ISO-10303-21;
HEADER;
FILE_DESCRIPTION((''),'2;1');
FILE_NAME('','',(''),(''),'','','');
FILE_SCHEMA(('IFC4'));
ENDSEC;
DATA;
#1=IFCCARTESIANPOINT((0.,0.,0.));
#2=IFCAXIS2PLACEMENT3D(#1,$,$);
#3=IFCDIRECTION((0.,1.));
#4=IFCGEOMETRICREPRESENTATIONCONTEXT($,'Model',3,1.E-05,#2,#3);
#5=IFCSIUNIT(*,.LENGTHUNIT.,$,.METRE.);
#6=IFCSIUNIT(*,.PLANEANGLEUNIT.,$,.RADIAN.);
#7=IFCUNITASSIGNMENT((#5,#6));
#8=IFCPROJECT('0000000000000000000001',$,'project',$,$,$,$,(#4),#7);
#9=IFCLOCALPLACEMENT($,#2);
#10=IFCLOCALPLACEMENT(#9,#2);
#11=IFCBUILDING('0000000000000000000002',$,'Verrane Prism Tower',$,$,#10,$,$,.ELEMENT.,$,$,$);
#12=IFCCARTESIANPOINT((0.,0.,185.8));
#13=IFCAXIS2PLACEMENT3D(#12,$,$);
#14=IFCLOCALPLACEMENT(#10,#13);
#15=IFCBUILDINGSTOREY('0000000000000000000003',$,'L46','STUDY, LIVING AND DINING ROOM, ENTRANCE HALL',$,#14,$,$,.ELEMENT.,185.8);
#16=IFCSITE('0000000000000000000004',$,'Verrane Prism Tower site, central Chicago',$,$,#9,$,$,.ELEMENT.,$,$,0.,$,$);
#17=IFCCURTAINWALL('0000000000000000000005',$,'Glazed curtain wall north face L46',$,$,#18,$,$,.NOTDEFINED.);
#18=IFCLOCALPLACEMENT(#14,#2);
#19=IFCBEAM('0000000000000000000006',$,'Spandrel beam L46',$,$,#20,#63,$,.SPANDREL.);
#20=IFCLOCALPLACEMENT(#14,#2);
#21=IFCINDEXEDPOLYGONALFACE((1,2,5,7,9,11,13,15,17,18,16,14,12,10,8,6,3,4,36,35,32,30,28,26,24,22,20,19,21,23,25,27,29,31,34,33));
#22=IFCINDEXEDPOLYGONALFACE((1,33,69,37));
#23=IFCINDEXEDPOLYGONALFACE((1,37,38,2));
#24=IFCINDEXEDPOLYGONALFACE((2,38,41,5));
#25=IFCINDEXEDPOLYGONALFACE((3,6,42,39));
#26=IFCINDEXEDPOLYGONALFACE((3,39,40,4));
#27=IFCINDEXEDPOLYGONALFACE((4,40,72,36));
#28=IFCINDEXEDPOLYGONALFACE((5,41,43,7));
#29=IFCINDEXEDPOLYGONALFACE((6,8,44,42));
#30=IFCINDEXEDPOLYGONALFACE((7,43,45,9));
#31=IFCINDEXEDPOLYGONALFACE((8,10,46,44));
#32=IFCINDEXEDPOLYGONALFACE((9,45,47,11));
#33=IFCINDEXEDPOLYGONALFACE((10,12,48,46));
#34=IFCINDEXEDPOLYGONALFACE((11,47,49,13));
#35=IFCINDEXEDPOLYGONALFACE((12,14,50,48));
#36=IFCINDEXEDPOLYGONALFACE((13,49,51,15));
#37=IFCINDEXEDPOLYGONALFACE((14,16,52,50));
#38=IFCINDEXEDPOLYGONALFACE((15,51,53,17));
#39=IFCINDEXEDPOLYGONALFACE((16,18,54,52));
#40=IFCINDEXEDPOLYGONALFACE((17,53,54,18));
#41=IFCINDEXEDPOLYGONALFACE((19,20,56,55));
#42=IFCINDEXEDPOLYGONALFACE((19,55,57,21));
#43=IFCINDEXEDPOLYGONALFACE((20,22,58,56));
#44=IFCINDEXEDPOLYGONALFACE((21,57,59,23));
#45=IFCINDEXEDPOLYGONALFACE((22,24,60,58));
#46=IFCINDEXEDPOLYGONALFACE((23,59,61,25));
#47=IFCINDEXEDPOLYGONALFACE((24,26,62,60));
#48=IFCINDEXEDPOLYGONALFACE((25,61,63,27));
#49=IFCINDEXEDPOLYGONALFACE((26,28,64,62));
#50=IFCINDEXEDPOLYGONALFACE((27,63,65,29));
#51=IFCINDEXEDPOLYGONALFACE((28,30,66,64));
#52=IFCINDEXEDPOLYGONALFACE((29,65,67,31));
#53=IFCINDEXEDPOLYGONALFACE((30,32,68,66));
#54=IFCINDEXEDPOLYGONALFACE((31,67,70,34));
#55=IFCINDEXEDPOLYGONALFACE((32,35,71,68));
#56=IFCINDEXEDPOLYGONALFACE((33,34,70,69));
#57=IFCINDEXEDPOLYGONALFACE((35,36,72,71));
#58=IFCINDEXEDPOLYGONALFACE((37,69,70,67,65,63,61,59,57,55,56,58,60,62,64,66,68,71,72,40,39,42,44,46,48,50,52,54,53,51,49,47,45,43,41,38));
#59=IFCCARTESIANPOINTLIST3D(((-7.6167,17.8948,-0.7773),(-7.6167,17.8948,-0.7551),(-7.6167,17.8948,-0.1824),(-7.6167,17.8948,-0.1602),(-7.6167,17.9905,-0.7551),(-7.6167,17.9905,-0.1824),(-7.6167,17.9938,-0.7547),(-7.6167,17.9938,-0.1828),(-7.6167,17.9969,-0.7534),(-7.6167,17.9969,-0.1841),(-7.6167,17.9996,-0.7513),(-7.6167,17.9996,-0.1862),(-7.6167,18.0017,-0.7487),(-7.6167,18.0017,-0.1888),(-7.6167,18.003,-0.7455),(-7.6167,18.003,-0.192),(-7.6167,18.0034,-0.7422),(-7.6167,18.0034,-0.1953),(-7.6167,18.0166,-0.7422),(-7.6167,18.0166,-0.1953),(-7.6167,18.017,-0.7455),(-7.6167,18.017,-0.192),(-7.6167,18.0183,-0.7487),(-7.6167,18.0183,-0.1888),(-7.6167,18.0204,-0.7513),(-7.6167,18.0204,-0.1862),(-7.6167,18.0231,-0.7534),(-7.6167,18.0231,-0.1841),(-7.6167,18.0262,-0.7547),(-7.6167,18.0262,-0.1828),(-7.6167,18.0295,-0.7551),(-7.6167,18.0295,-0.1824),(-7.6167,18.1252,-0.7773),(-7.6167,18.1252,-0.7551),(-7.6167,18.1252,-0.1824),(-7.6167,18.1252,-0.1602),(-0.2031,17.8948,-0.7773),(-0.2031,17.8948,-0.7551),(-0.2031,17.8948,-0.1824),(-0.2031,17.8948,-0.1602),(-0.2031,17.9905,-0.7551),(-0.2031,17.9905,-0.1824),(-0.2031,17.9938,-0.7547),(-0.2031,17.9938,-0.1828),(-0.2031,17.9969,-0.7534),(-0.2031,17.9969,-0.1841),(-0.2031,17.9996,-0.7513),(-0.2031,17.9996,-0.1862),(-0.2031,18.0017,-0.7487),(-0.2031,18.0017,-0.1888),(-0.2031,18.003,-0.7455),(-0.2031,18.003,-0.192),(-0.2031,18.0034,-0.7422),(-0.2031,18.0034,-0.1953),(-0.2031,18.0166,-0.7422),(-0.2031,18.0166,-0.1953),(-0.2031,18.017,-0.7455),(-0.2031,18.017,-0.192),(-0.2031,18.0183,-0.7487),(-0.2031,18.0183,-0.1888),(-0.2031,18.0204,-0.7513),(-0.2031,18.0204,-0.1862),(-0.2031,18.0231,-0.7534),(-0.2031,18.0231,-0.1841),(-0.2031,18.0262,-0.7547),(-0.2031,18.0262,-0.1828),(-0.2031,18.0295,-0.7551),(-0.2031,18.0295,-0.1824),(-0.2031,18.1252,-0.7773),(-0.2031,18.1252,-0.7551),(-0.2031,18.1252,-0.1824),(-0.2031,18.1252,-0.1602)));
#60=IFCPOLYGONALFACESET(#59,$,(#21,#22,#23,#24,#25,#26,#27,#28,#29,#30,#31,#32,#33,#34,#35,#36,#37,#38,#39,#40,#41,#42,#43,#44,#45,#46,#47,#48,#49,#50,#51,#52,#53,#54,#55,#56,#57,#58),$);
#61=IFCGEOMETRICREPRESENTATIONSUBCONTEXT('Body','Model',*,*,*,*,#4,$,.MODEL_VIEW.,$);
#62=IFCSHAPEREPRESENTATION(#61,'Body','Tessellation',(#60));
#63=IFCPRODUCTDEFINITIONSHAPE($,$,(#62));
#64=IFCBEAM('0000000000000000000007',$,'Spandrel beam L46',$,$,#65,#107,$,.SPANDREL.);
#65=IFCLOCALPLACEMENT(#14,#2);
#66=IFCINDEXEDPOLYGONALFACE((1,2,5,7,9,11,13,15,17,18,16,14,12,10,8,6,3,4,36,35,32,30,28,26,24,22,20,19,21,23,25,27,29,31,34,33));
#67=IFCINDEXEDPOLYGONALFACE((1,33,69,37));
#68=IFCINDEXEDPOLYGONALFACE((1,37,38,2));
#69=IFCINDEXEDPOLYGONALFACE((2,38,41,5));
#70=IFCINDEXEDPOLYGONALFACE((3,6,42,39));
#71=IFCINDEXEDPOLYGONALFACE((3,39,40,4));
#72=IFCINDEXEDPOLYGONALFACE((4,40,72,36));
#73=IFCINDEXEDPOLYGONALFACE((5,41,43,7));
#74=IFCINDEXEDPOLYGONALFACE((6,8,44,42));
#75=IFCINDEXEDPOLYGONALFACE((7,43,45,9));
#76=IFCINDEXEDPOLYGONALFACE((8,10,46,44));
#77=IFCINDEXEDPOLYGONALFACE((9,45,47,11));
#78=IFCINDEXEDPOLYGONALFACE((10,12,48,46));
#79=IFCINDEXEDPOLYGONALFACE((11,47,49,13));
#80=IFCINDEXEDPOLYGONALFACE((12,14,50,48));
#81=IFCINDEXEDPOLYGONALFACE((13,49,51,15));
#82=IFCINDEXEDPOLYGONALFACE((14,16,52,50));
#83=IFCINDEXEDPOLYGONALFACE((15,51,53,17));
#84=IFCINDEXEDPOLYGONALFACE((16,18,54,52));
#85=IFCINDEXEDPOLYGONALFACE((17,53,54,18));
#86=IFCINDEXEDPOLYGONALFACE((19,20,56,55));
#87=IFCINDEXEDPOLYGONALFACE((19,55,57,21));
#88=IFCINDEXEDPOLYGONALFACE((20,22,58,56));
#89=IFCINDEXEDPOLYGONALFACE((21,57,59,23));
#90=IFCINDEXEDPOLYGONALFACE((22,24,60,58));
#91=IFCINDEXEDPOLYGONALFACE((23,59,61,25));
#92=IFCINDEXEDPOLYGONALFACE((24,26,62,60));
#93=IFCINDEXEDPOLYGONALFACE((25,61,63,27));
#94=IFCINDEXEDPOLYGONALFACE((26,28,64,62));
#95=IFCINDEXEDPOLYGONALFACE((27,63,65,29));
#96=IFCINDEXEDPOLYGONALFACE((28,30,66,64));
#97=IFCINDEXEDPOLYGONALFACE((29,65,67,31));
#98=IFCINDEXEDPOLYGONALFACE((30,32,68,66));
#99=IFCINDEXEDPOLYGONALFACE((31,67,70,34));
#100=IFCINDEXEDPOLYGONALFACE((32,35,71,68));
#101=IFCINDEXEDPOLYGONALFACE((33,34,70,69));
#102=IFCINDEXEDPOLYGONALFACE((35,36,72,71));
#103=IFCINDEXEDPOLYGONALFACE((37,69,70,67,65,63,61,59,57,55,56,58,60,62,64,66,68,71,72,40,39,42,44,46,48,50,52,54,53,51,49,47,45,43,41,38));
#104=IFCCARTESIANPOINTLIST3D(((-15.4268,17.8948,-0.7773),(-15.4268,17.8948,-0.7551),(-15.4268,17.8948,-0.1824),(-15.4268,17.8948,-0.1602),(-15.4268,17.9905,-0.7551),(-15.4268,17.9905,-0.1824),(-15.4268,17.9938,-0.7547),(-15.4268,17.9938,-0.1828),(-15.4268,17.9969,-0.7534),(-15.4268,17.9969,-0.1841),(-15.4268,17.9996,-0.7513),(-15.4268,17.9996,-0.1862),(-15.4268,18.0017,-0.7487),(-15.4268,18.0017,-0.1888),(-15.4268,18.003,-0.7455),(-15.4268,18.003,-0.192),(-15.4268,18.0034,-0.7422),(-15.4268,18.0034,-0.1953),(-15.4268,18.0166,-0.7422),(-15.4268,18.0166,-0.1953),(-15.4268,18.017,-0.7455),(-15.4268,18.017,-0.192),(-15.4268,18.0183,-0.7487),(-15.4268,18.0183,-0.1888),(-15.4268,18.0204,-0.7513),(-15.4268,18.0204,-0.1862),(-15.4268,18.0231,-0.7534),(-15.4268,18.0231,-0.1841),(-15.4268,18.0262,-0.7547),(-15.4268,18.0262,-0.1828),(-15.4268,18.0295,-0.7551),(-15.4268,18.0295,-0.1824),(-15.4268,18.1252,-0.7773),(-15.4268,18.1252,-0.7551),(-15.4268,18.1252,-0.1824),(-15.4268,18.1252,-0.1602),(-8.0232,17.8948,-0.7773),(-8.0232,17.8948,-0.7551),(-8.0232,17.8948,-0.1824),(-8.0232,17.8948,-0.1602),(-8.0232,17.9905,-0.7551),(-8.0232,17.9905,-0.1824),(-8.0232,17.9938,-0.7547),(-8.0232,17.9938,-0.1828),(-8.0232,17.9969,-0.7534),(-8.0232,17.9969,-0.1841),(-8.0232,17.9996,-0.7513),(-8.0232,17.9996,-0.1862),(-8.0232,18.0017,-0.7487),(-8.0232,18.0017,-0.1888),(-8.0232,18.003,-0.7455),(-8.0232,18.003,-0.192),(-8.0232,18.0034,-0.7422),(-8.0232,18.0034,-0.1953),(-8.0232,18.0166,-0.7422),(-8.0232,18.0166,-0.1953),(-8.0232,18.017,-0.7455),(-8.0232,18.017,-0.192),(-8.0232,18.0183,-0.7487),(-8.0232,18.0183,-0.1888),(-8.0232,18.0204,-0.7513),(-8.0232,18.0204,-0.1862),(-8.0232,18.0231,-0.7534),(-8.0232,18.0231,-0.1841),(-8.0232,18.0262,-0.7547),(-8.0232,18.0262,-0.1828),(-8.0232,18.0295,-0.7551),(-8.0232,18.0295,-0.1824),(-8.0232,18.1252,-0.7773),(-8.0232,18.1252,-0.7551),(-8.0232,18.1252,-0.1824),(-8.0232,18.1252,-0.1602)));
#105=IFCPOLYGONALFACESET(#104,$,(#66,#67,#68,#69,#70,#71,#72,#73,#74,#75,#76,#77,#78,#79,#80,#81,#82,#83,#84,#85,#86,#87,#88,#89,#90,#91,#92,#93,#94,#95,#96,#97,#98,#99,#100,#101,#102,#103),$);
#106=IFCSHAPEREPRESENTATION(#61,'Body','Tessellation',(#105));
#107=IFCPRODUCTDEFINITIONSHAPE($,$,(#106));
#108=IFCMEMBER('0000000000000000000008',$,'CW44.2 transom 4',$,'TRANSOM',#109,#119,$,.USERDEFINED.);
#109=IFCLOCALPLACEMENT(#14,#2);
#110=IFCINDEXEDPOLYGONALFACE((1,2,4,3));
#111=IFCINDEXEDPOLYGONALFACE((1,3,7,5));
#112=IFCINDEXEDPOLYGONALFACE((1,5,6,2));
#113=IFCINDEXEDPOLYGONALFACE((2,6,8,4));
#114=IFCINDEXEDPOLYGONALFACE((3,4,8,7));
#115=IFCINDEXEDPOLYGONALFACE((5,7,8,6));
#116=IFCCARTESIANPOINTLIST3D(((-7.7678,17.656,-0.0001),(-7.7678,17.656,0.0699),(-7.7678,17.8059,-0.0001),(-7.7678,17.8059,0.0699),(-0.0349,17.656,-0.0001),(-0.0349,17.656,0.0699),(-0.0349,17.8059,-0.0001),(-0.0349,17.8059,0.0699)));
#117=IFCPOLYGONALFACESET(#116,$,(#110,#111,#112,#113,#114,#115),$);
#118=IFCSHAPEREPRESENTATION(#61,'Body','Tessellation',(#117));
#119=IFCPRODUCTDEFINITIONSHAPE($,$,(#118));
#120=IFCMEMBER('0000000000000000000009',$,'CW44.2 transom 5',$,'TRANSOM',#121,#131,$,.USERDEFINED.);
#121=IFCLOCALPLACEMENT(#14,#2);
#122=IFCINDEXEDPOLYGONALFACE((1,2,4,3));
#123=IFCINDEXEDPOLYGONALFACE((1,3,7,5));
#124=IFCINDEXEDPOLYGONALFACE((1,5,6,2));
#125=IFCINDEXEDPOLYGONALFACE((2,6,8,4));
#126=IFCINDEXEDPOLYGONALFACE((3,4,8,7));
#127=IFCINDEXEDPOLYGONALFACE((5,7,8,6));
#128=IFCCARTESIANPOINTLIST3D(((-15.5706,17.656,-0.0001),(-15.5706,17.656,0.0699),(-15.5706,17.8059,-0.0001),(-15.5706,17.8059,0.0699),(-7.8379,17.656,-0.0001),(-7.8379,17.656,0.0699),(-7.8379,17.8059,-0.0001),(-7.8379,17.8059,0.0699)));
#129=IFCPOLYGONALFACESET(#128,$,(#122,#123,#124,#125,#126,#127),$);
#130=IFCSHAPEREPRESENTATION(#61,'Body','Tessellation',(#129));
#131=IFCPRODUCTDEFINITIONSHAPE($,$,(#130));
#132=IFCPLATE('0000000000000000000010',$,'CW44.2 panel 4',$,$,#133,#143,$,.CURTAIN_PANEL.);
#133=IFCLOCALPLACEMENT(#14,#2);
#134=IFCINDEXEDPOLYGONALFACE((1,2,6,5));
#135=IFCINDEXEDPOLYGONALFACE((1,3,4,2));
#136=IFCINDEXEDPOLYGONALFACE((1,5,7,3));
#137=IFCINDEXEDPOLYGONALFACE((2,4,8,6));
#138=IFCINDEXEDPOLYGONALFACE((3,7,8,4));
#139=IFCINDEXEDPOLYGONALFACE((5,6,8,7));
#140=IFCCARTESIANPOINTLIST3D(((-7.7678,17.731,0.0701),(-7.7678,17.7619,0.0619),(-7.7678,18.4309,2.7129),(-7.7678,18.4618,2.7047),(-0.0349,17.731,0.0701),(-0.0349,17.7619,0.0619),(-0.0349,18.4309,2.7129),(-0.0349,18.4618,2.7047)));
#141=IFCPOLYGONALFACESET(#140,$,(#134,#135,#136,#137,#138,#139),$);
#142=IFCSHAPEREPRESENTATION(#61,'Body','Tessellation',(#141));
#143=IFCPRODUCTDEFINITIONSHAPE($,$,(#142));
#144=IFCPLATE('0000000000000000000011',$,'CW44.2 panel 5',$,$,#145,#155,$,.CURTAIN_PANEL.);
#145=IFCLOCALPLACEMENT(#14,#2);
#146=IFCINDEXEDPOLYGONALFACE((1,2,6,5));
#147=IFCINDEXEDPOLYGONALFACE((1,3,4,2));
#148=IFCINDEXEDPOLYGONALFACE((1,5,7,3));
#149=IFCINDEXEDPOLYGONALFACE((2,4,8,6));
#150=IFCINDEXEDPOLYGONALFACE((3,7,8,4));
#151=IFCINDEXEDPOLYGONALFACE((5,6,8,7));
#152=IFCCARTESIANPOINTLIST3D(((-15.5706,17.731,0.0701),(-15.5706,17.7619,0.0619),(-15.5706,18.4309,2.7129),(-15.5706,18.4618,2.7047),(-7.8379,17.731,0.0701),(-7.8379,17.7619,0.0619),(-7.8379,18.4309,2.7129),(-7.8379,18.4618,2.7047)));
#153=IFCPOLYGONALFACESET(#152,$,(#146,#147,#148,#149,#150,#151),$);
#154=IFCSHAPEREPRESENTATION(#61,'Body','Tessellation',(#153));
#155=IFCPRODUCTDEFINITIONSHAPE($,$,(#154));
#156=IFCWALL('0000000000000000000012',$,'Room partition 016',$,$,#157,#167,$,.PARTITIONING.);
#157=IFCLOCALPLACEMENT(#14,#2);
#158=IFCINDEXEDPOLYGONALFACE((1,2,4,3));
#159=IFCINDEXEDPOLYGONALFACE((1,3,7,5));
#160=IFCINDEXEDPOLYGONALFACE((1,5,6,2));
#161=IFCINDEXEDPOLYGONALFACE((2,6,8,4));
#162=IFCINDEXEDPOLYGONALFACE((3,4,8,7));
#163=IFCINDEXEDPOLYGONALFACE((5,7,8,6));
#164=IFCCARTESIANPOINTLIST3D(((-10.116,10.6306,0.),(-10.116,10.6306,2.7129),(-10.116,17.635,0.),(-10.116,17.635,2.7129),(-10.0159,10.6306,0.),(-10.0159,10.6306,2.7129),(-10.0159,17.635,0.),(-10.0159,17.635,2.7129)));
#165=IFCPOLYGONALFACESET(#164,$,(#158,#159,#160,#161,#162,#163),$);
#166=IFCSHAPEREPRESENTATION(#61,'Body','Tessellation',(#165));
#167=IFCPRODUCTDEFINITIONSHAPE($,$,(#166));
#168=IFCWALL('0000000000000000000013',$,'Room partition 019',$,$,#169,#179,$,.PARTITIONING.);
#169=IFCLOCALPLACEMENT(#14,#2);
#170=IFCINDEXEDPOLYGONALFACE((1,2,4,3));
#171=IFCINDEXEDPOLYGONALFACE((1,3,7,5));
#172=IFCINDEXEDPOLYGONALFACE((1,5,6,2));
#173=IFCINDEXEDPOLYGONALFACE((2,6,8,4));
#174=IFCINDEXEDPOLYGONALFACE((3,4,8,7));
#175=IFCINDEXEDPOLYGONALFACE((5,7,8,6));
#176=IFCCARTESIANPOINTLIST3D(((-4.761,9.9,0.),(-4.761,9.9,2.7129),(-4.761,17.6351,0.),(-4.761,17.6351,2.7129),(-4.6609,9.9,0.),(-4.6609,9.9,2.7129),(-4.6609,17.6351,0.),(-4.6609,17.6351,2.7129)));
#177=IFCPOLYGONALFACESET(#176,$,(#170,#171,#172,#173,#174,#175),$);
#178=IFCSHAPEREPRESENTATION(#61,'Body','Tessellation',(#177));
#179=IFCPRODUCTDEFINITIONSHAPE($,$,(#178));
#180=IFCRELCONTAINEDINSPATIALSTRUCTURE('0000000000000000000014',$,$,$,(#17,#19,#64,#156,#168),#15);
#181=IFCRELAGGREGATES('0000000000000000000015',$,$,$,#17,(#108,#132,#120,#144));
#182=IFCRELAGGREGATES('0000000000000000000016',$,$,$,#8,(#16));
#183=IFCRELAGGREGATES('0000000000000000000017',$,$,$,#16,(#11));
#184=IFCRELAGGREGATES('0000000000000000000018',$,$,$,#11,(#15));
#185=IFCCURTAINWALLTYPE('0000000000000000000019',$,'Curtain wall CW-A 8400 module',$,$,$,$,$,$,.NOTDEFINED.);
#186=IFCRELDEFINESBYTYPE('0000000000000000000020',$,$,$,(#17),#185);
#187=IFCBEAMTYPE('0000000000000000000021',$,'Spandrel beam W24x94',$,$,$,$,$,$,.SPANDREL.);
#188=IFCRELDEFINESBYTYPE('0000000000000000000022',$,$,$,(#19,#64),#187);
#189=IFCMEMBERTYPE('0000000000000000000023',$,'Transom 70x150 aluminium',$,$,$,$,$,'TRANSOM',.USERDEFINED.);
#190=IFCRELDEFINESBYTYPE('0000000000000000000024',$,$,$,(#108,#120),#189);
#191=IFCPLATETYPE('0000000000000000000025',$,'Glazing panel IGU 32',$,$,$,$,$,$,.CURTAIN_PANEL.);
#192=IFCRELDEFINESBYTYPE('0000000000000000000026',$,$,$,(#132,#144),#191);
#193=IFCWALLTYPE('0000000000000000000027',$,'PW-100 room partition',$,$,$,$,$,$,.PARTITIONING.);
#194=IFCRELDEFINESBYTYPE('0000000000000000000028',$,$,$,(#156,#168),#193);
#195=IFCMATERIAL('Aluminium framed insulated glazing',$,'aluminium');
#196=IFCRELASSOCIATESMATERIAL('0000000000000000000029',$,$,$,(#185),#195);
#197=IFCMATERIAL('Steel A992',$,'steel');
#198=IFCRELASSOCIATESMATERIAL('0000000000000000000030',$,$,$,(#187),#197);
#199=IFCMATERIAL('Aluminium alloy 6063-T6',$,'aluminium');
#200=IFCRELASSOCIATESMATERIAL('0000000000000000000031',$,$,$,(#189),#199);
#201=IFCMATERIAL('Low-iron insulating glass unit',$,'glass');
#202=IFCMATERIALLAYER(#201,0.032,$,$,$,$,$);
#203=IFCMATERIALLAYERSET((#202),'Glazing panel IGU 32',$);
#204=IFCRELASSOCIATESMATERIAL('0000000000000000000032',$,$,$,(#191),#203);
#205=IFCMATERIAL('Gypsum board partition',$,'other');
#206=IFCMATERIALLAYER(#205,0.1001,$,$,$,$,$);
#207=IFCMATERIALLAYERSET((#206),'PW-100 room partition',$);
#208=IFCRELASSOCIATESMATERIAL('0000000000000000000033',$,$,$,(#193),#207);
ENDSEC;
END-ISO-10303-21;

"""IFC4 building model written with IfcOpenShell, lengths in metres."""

from ifc_helpers import new_model, si_unit, direction, frame, frame_2d, origin, origin_2d, place, context, subcontext, project, spatial, polyline, rectangle, i_section, outline, extrude, material, layer, layer_set, material_profile, profile_set, type_object, element, aggregate, save


model = new_model("IFC4")

# Units and contexts
model_context = context("Model", 3, precision=1e-05, world=origin(), true_north=direction((0.0, 1.0)))
body_context = subcontext(model_context, "Body", "Model", "MODEL_VIEW")
ifc_project = project(units=[si_unit("LENGTHUNIT", "METRE"), si_unit("PLANEANGLEUNIT", "RADIAN")], contexts=[model_context])

# Site, building, storey
site_placement = place(None, origin())
site = spatial("IfcSite", under=ifc_project, at=site_placement, Name="Verrane Prism Tower site, central Chicago", CompositionType="ELEMENT", RefElevation=0.0)
building_placement = place(site_placement, origin())
building = spatial("IfcBuilding", under=site, at=building_placement, Name="Verrane Prism Tower", CompositionType="ELEMENT")
storey_placement = place(building_placement, frame((0.0, 0.0, 185.8)))
storey = spatial("IfcBuildingStorey", under=building, at=storey_placement, Name="L46", Description="STUDY, LIVING AND DINING ROOM, ENTRANCE HALL", CompositionType="ELEMENT", Elevation=185.8)

# Curtain wall
ifc_material_1 = material(Name="Aluminium framed insulated glazing", Category="aluminium")
curtain_wall_type = type_object("IfcCurtainWallType", Name="Curtain wall CW-A 8400 module", PredefinedType="NOTDEFINED", material=ifc_material_1)
curtain_wall_placement = place(storey_placement, origin())
curtain_wall = element("IfcCurtainWall", 1, at=curtain_wall_placement, inside=storey, type_object=curtain_wall_type, Name="Glazed curtain wall north face L46", PredefinedType="NOTDEFINED")

# Beams
ifc_material_2 = material(Name="Steel A992", Category="steel")
ifc_material_profile_1 = material_profile(ifc_material_2, i_section(OverallWidth=0.2305, OverallDepth=0.6172, WebThickness=0.0132, FlangeThickness=0.0222, FilletRadius=0.0129, at=origin_2d()), Name="W24x94")
ifc_profile_set_1 = profile_set([ifc_material_profile_1], Name="Steel A992")
beam_type_1 = type_object("IfcBeamType", Name="Spandrel beam W24x94", PredefinedType="SPANDREL", material=ifc_profile_set_1)
beam_1_placement = place(storey_placement, frame((-0.2031, 18.01, -0.4688), z_axis=(-1.0, 0.0, 0.0), x_axis=(0.0, -1.0, 0.0)))
element("IfcBeam", 2, at=beam_1_placement, inside=storey, type_object=beam_type_1, Name="Spandrel beam L46", PredefinedType="SPANDREL", context=body_context, shape_type="SweptSolid", body=[
    extrude(i_section(OverallWidth=0.2305, OverallDepth=0.6172, WebThickness=0.0132, FlangeThickness=0.0222, FilletRadius=0.0129, at=origin_2d()), origin(), (0.0, 0.0, 1.0), 7.4136),
])
beam_2_placement = place(storey_placement, frame((-8.0232, 18.01, -0.4688), z_axis=(-1.0, 0.0, 0.0), x_axis=(0.0, -1.0, 0.0)))
element("IfcBeam", 3, at=beam_2_placement, inside=storey, type_object=beam_type_1, Name="Spandrel beam L46", PredefinedType="SPANDREL", context=body_context, shape_type="SweptSolid", body=[
    extrude(i_section(OverallWidth=0.2305, OverallDepth=0.6172, WebThickness=0.0132, FlangeThickness=0.0222, FilletRadius=0.0129, at=origin_2d()), origin(), (0.0, 0.0, 1.0), 7.4036),
])

# Members
ifc_material_3 = material(Name="Aluminium alloy 6063-T6", Category="aluminium")
ifc_material_profile_2 = material_profile(ifc_material_3, rectangle(XDim=0.1499, YDim=0.0701, at=origin_2d()), Name="Transom 70x150 aluminium")
ifc_profile_set_2 = profile_set([ifc_material_profile_2], Name="Aluminium alloy 6063-T6")
member_type_1 = type_object("IfcMemberType", Name="Transom 70x150 aluminium", ElementType="TRANSOM", PredefinedType="USERDEFINED", material=ifc_profile_set_2)
member_1_placement = place(storey_placement, frame((-0.0349, 17.731, 0.0349), z_axis=(-1.0, 0.0, 0.0), x_axis=(0.0, -1.0, 0.0)))
member_1 = element("IfcMember", 4, at=member_1_placement, type_object=member_type_1, Name="CW44.2 transom 4", ObjectType="TRANSOM", PredefinedType="USERDEFINED", context=body_context, shape_type="SweptSolid", body=[
    extrude(rectangle(XDim=0.1499, YDim=0.0701, at=origin_2d()), origin(), (0.0, 0.0, 1.0), 7.7329),
])
member_2_placement = place(storey_placement, frame((-7.8379, 17.731, 0.0349), z_axis=(-1.0, 0.0, 0.0), x_axis=(0.0, -1.0, 0.0)))
member_2 = element("IfcMember", 5, at=member_2_placement, type_object=member_type_1, Name="CW44.2 transom 5", ObjectType="TRANSOM", PredefinedType="USERDEFINED", context=body_context, shape_type="SweptSolid", body=[
    extrude(rectangle(XDim=0.1499, YDim=0.0701, at=origin_2d()), origin(), (0.0, 0.0, 1.0), 7.7327),
])

# Plates
ifc_material_4 = material(Name="Low-iron insulating glass unit", Category="glass")
ifc_layer_1 = layer(ifc_material_4, 0.032)
ifc_layer_set_1 = layer_set([ifc_layer_1], Name="Glazing panel IGU 32")
plate_type = type_object("IfcPlateType", Name="Glazing panel IGU 32", PredefinedType="CURTAIN_PANEL", material=ifc_layer_set_1)
plate_1_placement = place(storey_placement, frame((-0.0349, 17.731, 0.0701), z_axis=(0.0, -0.966671, 0.256023), x_axis=(-1.0, 0.0, 0.0)))
plate_1 = element("IfcPlate", 6, at=plate_1_placement, type_object=plate_type, Name="CW44.2 panel 4", PredefinedType="CURTAIN_PANEL", context=body_context, shape_type="SweptSolid", body=[
    extrude(outline(polyline([(0.0, 0.0), (7.7329, 0.0), (7.7329, -2.7339), (0.0, -2.7339), (0.0, 0.0)])), origin(), (0.0, 0.0, -1.0), 0.032),
])
plate_2_placement = place(storey_placement, frame((-7.8379, 17.731, 0.0701), z_axis=(0.0, -0.966671, 0.256023), x_axis=(-1.0, 0.0, 0.0)))
plate_2 = element("IfcPlate", 7, at=plate_2_placement, type_object=plate_type, Name="CW44.2 panel 5", PredefinedType="CURTAIN_PANEL", context=body_context, shape_type="SweptSolid", body=[
    extrude(outline(polyline([(0.0, 0.0), (7.7327, 0.0), (7.7327, -2.7339), (0.0, -2.7339), (0.0, 0.0)])), origin(), (0.0, 0.0, -1.0), 0.032),
])
aggregate(curtain_wall, [member_1, plate_1, member_2, plate_2])

# Walls
ifc_material_5 = material(Name="Gypsum board partition", Category="other")
ifc_layer_2 = layer(ifc_material_5, 0.1001)
ifc_layer_set_2 = layer_set([ifc_layer_2], Name="PW-100 room partition")
wall_type_1 = type_object("IfcWallType", Name="PW-100 room partition", PredefinedType="PARTITIONING", material=ifc_layer_set_2)
wall_1_placement = place(storey_placement, frame((-10.0659, 10.6306, 0.0), z_axis=(0.0, 0.0, 1.0), x_axis=(0.0, 1.0, 0.0)))
element("IfcWall", 8, at=wall_1_placement, inside=storey, type_object=wall_type_1, Name="Room partition 016", PredefinedType="PARTITIONING", context=body_context, shape_type="SweptSolid", body=[
    extrude(rectangle(XDim=7.0044, YDim=0.1001, at=frame_2d((3.5022, 0.0))), origin(), (0.0, 0.0, 1.0), 2.7129),
])
wall_2_placement = place(storey_placement, frame((-4.7109, 9.8999, 0.0), z_axis=(0.0, 0.0, 1.0), x_axis=(0.0, 1.0, 0.0)))
element("IfcWall", 9, at=wall_2_placement, inside=storey, type_object=wall_type_1, Name="Room partition 019", PredefinedType="PARTITIONING", context=body_context, shape_type="SweptSolid", body=[
    extrude(rectangle(XDim=7.7351, YDim=0.1001, at=frame_2d((3.8677, 0.0))), origin(), (0.0, 0.0, 1.0), 2.7129),
])

save(model, "model.ifc")
